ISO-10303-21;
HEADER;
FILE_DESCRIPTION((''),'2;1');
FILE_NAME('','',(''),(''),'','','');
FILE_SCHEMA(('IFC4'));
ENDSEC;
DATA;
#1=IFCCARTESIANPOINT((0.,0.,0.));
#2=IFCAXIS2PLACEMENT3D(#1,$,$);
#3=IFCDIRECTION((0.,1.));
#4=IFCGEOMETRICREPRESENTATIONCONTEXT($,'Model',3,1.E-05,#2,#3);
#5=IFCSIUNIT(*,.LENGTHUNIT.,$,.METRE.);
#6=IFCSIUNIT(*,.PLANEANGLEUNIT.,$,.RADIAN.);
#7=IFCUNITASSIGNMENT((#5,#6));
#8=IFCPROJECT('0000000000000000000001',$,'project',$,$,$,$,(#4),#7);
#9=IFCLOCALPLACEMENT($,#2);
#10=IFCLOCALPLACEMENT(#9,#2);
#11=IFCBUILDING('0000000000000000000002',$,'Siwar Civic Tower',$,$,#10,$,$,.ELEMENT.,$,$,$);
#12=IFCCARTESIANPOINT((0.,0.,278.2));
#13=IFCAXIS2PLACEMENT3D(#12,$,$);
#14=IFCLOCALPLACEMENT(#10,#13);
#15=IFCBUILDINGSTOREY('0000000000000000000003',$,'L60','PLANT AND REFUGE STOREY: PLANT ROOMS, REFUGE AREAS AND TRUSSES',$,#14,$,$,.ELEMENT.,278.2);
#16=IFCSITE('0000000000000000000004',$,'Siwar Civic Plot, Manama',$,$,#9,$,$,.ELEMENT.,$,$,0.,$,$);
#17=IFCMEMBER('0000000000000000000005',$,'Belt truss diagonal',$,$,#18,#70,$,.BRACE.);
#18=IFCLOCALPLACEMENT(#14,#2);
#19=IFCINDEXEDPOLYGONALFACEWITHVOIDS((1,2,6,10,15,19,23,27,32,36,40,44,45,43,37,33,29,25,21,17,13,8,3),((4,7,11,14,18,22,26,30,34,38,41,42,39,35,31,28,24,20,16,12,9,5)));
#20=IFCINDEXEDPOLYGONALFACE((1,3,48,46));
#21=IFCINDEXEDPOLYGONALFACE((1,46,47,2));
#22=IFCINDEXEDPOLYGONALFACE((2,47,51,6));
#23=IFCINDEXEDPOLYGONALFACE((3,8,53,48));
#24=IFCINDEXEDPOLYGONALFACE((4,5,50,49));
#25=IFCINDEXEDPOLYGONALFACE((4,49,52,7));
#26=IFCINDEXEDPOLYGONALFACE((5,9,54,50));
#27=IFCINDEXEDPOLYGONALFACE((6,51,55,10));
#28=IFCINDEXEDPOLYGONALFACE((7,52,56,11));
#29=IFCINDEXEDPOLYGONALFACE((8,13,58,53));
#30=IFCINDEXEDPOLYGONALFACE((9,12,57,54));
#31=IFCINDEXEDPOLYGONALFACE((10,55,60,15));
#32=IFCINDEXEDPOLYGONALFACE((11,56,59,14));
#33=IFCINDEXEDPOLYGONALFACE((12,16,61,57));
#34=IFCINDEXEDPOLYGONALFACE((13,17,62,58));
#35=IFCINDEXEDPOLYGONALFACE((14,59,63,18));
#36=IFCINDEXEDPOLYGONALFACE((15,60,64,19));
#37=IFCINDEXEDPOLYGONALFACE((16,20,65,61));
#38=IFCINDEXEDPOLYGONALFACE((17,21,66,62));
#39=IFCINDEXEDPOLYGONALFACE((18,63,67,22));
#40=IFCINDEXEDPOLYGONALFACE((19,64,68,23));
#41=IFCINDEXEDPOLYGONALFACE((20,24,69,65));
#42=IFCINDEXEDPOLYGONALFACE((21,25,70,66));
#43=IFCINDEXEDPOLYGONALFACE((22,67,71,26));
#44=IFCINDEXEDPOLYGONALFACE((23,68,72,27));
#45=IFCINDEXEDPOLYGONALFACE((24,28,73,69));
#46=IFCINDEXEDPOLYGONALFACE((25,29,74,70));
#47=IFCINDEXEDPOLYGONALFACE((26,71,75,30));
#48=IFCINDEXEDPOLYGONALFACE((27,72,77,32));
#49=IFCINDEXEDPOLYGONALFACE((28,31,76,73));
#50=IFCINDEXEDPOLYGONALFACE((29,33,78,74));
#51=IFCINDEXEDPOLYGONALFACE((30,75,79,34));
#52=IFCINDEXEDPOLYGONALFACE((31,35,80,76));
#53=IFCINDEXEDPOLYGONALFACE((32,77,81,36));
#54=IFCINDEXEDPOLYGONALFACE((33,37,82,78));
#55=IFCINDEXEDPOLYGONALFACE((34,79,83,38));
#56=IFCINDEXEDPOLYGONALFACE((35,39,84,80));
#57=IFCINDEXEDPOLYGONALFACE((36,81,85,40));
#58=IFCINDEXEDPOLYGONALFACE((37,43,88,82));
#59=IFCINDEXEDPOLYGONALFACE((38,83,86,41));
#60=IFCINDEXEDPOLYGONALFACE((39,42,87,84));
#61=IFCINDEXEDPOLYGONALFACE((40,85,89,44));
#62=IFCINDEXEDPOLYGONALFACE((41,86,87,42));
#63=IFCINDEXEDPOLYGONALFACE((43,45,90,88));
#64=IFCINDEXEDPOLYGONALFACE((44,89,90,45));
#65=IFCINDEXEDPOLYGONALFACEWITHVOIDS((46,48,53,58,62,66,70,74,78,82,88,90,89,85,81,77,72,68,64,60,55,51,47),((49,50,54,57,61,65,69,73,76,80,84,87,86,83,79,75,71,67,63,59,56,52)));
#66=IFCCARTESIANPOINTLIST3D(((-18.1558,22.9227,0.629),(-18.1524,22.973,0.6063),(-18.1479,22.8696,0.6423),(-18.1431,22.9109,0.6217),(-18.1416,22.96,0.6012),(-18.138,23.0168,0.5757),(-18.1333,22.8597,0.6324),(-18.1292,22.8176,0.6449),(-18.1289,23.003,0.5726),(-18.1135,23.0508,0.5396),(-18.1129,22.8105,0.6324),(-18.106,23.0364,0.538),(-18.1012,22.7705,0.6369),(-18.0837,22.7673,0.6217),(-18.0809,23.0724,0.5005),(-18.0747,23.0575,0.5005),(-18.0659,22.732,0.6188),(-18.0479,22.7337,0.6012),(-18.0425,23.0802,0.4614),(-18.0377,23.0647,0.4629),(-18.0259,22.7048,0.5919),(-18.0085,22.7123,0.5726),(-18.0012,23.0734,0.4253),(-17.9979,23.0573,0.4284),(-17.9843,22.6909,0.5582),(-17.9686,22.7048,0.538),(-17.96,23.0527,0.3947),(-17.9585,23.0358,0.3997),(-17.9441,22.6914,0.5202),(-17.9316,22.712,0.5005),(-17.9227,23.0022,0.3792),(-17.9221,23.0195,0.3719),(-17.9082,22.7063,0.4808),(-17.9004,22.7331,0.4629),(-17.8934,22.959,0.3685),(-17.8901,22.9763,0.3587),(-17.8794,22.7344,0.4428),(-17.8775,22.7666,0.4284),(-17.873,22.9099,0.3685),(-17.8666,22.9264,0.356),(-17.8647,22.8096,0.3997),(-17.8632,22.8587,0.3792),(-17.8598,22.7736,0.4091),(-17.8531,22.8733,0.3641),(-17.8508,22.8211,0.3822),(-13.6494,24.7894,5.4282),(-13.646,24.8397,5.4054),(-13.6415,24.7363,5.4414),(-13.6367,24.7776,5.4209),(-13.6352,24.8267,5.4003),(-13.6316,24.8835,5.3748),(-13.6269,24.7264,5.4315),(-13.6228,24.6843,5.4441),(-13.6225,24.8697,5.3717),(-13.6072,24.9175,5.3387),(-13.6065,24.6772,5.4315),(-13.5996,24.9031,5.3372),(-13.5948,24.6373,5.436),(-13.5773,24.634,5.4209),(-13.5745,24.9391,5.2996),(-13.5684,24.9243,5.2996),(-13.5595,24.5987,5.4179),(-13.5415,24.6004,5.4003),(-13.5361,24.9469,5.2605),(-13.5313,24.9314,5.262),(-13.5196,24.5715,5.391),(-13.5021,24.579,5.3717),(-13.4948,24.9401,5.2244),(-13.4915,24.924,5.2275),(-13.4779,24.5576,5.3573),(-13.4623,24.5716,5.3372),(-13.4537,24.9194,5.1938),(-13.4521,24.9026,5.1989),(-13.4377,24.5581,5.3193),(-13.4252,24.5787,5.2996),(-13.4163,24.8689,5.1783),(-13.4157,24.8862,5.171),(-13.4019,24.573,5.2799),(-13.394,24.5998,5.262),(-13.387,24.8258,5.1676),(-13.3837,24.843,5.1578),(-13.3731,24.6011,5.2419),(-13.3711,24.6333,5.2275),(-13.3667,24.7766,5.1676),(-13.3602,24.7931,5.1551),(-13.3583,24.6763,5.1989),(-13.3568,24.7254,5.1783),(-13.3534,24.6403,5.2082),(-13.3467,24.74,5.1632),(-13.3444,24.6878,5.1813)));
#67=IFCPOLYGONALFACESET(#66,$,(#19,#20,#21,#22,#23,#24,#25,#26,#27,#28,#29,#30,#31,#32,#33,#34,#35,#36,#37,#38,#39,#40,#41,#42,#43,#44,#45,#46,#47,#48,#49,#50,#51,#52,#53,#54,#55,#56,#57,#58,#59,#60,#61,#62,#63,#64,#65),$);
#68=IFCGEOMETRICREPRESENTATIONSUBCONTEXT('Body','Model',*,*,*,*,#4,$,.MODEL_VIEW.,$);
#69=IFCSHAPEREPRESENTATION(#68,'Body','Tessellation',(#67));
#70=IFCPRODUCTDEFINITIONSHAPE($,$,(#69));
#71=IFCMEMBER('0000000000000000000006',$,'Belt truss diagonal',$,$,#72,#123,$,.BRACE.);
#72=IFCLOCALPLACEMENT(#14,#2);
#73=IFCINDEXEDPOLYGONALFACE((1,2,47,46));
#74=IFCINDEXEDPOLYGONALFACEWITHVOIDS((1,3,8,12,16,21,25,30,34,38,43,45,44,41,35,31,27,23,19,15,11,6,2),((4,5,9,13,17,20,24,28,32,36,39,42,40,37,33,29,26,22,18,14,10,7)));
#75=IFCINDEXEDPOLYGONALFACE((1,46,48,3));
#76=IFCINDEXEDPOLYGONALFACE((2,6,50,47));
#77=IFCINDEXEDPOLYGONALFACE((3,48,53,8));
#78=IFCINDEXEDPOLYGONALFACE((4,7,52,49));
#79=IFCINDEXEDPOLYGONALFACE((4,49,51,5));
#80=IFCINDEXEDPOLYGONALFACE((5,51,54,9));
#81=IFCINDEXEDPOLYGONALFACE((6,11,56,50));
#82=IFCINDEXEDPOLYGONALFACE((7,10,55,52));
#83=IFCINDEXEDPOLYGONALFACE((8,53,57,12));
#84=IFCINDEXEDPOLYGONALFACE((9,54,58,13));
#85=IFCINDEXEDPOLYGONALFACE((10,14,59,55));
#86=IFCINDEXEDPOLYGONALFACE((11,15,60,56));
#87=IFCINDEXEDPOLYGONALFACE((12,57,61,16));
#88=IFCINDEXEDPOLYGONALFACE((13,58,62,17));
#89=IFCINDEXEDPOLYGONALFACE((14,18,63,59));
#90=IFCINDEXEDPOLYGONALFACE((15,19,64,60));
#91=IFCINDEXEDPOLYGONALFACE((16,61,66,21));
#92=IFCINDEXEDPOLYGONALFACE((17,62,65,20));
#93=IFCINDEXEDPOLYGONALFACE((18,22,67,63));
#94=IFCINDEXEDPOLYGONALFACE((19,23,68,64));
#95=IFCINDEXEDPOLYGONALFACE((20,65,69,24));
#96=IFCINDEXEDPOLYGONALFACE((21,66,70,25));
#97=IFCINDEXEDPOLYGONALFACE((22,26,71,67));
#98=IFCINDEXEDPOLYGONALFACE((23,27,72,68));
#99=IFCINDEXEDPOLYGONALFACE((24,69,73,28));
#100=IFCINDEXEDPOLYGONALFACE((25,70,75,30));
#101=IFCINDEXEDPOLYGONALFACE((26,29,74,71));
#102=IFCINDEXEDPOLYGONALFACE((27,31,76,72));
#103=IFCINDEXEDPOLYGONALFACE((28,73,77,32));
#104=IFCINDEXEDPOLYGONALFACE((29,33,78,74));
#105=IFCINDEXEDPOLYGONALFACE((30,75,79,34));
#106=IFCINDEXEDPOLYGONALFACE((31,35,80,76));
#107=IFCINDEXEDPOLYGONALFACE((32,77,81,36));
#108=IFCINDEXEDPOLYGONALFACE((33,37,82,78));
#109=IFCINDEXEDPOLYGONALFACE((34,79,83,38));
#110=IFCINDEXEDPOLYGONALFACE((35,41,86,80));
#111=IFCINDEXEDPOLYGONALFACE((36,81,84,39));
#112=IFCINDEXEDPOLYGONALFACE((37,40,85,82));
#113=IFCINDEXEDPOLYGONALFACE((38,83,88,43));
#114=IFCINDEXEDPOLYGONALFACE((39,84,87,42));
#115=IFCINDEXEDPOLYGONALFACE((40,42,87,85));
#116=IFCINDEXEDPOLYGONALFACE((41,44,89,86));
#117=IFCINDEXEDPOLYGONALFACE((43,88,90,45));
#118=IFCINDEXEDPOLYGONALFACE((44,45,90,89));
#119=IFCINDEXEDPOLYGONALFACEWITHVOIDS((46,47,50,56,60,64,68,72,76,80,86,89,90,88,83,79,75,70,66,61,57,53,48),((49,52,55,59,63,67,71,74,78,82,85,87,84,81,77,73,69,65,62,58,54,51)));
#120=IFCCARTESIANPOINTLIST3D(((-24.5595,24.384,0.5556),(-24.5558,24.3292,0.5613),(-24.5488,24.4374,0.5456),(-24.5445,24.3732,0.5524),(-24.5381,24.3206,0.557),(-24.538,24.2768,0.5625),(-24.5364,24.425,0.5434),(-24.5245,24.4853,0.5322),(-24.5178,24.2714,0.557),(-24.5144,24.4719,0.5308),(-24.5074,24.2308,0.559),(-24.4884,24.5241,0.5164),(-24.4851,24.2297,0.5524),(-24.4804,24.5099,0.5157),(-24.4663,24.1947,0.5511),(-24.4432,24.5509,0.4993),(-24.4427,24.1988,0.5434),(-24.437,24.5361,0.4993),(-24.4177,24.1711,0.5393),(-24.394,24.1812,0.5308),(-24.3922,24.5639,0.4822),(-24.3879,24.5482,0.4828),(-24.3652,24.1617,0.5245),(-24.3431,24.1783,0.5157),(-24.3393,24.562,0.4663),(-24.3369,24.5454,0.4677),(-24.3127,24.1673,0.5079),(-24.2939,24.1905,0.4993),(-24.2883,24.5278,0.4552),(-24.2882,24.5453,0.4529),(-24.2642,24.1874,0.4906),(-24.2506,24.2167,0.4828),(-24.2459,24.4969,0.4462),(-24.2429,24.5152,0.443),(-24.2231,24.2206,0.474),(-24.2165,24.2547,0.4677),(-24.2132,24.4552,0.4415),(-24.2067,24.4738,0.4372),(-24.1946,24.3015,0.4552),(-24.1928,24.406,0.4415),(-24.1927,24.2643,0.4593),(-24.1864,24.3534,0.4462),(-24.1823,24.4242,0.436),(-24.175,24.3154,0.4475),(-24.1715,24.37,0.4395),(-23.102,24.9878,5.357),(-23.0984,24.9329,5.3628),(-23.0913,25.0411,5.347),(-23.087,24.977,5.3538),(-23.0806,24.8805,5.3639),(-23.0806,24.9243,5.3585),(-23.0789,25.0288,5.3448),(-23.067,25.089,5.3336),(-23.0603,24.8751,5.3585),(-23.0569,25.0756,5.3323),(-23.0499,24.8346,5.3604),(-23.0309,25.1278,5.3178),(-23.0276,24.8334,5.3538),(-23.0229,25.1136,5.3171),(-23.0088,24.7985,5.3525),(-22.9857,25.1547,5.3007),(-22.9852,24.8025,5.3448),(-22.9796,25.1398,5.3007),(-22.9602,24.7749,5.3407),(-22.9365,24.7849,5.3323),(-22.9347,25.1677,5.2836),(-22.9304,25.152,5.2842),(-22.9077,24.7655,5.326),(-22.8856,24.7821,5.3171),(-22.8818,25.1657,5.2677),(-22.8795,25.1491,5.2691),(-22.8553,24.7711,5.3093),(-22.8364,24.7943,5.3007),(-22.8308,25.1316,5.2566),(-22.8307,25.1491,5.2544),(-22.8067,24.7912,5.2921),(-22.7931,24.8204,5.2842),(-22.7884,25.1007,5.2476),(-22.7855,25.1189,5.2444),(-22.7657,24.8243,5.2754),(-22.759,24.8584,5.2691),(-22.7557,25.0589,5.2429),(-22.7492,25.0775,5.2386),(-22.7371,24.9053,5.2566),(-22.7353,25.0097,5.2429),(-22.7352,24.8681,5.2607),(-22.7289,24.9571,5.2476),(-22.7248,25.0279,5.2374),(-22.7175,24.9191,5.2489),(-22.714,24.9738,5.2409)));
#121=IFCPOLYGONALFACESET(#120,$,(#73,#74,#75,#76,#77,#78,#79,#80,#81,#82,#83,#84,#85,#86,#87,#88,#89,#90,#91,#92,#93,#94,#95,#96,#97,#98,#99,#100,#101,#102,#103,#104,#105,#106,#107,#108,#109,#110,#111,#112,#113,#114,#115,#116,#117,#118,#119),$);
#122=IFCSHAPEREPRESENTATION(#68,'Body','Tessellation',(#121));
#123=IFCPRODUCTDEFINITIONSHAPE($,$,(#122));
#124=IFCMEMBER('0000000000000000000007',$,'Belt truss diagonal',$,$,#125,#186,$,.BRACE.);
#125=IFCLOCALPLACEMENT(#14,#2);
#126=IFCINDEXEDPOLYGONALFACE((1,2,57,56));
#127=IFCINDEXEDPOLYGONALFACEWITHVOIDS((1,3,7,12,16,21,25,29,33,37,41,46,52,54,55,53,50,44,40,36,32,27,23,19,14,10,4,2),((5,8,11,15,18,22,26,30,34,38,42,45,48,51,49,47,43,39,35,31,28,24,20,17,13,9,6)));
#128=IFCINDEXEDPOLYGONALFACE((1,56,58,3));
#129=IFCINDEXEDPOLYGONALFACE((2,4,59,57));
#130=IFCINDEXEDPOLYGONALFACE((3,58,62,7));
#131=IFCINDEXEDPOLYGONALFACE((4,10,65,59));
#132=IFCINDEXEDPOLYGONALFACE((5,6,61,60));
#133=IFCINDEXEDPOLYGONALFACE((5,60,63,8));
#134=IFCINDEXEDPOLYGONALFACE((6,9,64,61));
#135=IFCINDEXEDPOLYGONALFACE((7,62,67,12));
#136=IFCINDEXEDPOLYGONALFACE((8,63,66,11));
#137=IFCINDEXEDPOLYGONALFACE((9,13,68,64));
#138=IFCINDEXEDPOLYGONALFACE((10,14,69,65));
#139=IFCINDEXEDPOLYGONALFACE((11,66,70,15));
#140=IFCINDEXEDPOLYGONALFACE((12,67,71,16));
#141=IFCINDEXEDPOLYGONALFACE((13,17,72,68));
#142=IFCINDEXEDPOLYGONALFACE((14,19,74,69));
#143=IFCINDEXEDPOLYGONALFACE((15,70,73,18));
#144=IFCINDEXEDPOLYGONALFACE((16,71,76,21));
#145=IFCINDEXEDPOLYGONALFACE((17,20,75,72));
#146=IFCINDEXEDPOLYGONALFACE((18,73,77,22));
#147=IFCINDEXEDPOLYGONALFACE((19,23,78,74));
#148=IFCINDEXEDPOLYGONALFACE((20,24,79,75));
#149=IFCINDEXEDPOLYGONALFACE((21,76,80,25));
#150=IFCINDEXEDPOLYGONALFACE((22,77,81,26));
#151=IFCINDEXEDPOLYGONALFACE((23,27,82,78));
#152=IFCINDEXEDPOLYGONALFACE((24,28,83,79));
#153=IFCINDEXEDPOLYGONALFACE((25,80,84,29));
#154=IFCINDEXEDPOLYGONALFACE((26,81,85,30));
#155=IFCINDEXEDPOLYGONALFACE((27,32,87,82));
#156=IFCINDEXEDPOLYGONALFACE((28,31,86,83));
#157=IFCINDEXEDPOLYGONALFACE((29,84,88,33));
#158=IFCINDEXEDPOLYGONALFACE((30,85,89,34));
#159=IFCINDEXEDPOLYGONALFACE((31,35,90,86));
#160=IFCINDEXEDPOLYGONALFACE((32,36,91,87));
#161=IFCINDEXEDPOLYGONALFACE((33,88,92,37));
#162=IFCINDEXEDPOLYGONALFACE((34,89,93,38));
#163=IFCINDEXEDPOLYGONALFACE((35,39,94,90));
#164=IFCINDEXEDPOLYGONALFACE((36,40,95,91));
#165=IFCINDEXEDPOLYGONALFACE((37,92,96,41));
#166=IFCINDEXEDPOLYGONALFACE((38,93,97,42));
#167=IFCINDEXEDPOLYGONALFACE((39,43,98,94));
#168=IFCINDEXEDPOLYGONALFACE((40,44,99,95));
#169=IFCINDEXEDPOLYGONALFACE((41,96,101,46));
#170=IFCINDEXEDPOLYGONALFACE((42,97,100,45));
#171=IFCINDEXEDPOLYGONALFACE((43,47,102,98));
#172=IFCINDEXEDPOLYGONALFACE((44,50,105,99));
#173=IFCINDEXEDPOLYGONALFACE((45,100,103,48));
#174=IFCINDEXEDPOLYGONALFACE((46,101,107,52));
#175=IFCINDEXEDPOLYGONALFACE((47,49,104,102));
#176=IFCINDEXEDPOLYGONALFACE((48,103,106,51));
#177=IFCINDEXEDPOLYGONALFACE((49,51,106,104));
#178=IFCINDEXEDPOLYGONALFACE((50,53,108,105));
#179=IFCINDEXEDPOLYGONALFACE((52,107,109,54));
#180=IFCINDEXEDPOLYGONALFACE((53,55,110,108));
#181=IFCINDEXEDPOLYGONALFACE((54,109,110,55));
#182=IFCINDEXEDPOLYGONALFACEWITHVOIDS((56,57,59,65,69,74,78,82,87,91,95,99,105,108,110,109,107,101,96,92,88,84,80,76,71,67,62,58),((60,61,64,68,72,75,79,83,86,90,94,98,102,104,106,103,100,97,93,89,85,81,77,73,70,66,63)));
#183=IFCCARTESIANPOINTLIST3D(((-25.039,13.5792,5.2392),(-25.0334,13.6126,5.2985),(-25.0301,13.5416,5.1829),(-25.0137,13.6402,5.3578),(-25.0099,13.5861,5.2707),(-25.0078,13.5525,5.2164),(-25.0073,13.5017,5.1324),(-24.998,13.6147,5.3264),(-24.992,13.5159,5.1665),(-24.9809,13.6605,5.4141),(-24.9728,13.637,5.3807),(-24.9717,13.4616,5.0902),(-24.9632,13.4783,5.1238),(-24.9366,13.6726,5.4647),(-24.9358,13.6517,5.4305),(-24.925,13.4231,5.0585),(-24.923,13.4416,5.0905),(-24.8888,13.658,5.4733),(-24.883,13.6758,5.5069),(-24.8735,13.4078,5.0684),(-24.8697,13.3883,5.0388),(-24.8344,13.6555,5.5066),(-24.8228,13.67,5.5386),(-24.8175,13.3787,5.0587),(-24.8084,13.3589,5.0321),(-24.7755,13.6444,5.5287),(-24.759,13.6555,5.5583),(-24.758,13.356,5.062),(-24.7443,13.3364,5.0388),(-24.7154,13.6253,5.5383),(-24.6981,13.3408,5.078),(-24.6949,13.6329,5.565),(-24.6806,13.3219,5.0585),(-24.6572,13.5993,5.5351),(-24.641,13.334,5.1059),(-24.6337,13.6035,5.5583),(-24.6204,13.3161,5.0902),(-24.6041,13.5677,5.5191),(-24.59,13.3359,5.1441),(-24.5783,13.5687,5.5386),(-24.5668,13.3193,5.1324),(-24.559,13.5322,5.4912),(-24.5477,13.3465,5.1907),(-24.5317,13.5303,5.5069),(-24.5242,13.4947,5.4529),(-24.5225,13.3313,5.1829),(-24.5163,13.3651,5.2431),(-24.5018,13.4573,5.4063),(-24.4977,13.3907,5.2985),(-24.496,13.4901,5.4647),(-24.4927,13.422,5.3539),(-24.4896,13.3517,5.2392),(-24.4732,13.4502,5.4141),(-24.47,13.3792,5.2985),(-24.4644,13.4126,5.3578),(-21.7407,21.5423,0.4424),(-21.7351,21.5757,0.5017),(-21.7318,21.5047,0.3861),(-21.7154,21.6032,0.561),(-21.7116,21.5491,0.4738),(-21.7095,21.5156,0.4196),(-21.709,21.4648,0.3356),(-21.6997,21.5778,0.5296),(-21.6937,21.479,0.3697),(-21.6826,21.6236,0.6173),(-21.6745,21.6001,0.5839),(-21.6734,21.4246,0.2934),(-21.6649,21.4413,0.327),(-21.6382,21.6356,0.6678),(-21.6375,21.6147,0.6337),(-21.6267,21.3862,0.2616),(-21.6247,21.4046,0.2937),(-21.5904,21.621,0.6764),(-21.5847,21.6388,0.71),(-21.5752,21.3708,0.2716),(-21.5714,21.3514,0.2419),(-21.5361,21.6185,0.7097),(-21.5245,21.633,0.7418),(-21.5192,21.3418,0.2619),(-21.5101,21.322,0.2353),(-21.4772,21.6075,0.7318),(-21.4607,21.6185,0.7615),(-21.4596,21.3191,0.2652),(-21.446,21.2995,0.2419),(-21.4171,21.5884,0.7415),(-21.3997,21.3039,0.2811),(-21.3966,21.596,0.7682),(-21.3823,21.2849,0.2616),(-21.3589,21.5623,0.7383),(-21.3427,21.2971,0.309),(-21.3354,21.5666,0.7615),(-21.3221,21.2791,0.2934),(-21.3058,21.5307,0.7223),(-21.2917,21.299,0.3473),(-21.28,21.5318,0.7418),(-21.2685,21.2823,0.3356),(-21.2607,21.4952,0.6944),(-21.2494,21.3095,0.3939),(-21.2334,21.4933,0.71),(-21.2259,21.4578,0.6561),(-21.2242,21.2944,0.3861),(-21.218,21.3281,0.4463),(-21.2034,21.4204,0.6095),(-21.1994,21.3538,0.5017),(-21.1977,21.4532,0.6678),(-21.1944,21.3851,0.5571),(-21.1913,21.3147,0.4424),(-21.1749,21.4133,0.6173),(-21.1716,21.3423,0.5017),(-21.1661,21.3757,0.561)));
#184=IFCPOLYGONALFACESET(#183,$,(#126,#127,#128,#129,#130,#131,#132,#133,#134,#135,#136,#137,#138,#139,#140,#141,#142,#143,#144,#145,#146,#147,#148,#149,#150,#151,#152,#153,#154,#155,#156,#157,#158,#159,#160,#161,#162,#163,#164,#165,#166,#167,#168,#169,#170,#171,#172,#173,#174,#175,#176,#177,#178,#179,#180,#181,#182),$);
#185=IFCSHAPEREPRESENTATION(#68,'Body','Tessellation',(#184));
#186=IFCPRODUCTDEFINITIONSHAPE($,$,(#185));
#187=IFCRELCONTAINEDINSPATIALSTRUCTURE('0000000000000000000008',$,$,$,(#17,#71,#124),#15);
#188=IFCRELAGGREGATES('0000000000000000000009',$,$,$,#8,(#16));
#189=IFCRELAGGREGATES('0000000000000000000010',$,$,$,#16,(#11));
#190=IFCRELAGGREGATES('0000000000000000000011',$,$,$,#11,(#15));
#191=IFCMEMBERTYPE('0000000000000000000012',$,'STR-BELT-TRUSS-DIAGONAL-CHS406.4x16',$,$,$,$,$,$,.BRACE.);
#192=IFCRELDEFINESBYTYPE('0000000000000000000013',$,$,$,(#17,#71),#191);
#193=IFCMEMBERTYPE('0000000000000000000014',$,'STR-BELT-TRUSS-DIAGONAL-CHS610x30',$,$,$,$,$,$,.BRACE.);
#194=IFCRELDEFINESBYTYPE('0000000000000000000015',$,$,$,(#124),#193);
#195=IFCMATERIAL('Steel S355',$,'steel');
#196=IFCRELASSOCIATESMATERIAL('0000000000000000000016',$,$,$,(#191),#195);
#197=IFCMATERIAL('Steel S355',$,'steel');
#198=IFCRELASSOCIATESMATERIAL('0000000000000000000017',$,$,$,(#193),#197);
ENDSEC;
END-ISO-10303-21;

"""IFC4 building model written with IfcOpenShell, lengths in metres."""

from ifc_helpers import new_model, si_unit, direction, frame, origin, origin_2d, place, context, subcontext, project, spatial, hollow_circle, extrude, material, material_profile, profile_set, type_object, element, save


model = new_model("IFC4")

# Units and contexts
model_context = context("Model", 3, precision=1e-05, world=origin(), true_north=direction((0.0, 1.0)))
body_context = subcontext(model_context, "Body", "Model", "MODEL_VIEW")
ifc_project = project(units=[si_unit("LENGTHUNIT", "METRE"), si_unit("PLANEANGLEUNIT", "RADIAN")], contexts=[model_context])

# Site, building, storey
site_placement = place(None, origin())
site = spatial("IfcSite", under=ifc_project, at=site_placement, Name="Siwar Civic Plot, Manama", CompositionType="ELEMENT", RefElevation=0.0)
building_placement = place(site_placement, origin())
building = spatial("IfcBuilding", under=site, at=building_placement, Name="Siwar Civic Tower", CompositionType="ELEMENT")
storey_placement = place(building_placement, frame((0.0, 0.0, 278.2)))
storey = spatial("IfcBuildingStorey", under=building, at=storey_placement, Name="L60", Description="PLANT AND REFUGE STOREY: PLANT ROOMS, REFUGE AREAS AND TRUSSES", CompositionType="ELEMENT", Elevation=278.2)

# Members
ifc_material_1 = material(Name="Steel S355", Category="steel")
ifc_material_profile_1 = material_profile(ifc_material_1, hollow_circle(Radius=0.2031, WallThickness=0.0161, at=origin_2d()), Name="CHS406.4x16")
ifc_profile_set_1 = profile_set([ifc_material_profile_1], Name="Steel S355")
member_type_1 = type_object("IfcMemberType", Name="STR-BELT-TRUSS-DIAGONAL-CHS406.4x16", PredefinedType="BRACE", material=ifc_profile_set_1)
member_1_placement = place(storey_placement, frame((-18.0032, 22.8848, 0.5005), z_axis=(0.658561, 0.272801, 0.70134), x_axis=(-0.382702, 0.923872, 0.0)))
element("IfcMember", 1, at=member_1_placement, inside=storey, type_object=member_type_1, Name="Belt truss diagonal", PredefinedType="BRACE", context=body_context, shape_type="SweptSolid", body=[
    extrude(hollow_circle(Radius=0.2031, WallThickness=0.0161, at=origin_2d()), origin(), (0.0, 0.0, 1.0), 6.8428),
])
member_2_placement = place(storey_placement, frame((-24.3655, 24.3633, 0.4993), z_axis=(0.288386, 0.119461, 0.950033), x_axis=(-0.382703, 0.923872, 0.0)))
element("IfcMember", 2, at=member_2_placement, inside=storey, type_object=member_type_1, Name="Belt truss diagonal", PredefinedType="BRACE", context=body_context, shape_type="SweptSolid", body=[
    extrude(hollow_circle(Radius=0.2031, WallThickness=0.0161, at=origin_2d()), origin(), (0.0, 0.0, 1.0), 5.054),
])
ifc_material_2 = material(Name="Steel S355", Category="steel")
ifc_material_profile_2 = material_profile(ifc_material_2, hollow_circle(Radius=0.3049, WallThickness=0.03, at=origin_2d()), Name="CHS610x30")
ifc_profile_set_2 = profile_set([ifc_material_profile_2], Name="Steel S355")
member_type_2 = type_object("IfcMemberType", Name="STR-BELT-TRUSS-DIAGONAL-CHS610x30", PredefinedType="BRACE", material=ifc_profile_set_2)
member_3_placement = place(storey_placement, frame((-21.4534, 21.459, 0.5017), z_axis=(-0.334378, -0.807284, 0.486296), x_axis=(0.923884, -0.382674, 0.0)))
element("IfcMember", 3, at=member_3_placement, inside=storey, type_object=member_type_2, Name="Belt truss diagonal", PredefinedType="BRACE", context=body_context, shape_type="SweptSolid", body=[
    extrude(hollow_circle(Radius=0.3049, WallThickness=0.03, at=origin_2d()), origin(), (0.0, 0.0, 1.0), 9.864),
])

save(model, "model.ifc")
